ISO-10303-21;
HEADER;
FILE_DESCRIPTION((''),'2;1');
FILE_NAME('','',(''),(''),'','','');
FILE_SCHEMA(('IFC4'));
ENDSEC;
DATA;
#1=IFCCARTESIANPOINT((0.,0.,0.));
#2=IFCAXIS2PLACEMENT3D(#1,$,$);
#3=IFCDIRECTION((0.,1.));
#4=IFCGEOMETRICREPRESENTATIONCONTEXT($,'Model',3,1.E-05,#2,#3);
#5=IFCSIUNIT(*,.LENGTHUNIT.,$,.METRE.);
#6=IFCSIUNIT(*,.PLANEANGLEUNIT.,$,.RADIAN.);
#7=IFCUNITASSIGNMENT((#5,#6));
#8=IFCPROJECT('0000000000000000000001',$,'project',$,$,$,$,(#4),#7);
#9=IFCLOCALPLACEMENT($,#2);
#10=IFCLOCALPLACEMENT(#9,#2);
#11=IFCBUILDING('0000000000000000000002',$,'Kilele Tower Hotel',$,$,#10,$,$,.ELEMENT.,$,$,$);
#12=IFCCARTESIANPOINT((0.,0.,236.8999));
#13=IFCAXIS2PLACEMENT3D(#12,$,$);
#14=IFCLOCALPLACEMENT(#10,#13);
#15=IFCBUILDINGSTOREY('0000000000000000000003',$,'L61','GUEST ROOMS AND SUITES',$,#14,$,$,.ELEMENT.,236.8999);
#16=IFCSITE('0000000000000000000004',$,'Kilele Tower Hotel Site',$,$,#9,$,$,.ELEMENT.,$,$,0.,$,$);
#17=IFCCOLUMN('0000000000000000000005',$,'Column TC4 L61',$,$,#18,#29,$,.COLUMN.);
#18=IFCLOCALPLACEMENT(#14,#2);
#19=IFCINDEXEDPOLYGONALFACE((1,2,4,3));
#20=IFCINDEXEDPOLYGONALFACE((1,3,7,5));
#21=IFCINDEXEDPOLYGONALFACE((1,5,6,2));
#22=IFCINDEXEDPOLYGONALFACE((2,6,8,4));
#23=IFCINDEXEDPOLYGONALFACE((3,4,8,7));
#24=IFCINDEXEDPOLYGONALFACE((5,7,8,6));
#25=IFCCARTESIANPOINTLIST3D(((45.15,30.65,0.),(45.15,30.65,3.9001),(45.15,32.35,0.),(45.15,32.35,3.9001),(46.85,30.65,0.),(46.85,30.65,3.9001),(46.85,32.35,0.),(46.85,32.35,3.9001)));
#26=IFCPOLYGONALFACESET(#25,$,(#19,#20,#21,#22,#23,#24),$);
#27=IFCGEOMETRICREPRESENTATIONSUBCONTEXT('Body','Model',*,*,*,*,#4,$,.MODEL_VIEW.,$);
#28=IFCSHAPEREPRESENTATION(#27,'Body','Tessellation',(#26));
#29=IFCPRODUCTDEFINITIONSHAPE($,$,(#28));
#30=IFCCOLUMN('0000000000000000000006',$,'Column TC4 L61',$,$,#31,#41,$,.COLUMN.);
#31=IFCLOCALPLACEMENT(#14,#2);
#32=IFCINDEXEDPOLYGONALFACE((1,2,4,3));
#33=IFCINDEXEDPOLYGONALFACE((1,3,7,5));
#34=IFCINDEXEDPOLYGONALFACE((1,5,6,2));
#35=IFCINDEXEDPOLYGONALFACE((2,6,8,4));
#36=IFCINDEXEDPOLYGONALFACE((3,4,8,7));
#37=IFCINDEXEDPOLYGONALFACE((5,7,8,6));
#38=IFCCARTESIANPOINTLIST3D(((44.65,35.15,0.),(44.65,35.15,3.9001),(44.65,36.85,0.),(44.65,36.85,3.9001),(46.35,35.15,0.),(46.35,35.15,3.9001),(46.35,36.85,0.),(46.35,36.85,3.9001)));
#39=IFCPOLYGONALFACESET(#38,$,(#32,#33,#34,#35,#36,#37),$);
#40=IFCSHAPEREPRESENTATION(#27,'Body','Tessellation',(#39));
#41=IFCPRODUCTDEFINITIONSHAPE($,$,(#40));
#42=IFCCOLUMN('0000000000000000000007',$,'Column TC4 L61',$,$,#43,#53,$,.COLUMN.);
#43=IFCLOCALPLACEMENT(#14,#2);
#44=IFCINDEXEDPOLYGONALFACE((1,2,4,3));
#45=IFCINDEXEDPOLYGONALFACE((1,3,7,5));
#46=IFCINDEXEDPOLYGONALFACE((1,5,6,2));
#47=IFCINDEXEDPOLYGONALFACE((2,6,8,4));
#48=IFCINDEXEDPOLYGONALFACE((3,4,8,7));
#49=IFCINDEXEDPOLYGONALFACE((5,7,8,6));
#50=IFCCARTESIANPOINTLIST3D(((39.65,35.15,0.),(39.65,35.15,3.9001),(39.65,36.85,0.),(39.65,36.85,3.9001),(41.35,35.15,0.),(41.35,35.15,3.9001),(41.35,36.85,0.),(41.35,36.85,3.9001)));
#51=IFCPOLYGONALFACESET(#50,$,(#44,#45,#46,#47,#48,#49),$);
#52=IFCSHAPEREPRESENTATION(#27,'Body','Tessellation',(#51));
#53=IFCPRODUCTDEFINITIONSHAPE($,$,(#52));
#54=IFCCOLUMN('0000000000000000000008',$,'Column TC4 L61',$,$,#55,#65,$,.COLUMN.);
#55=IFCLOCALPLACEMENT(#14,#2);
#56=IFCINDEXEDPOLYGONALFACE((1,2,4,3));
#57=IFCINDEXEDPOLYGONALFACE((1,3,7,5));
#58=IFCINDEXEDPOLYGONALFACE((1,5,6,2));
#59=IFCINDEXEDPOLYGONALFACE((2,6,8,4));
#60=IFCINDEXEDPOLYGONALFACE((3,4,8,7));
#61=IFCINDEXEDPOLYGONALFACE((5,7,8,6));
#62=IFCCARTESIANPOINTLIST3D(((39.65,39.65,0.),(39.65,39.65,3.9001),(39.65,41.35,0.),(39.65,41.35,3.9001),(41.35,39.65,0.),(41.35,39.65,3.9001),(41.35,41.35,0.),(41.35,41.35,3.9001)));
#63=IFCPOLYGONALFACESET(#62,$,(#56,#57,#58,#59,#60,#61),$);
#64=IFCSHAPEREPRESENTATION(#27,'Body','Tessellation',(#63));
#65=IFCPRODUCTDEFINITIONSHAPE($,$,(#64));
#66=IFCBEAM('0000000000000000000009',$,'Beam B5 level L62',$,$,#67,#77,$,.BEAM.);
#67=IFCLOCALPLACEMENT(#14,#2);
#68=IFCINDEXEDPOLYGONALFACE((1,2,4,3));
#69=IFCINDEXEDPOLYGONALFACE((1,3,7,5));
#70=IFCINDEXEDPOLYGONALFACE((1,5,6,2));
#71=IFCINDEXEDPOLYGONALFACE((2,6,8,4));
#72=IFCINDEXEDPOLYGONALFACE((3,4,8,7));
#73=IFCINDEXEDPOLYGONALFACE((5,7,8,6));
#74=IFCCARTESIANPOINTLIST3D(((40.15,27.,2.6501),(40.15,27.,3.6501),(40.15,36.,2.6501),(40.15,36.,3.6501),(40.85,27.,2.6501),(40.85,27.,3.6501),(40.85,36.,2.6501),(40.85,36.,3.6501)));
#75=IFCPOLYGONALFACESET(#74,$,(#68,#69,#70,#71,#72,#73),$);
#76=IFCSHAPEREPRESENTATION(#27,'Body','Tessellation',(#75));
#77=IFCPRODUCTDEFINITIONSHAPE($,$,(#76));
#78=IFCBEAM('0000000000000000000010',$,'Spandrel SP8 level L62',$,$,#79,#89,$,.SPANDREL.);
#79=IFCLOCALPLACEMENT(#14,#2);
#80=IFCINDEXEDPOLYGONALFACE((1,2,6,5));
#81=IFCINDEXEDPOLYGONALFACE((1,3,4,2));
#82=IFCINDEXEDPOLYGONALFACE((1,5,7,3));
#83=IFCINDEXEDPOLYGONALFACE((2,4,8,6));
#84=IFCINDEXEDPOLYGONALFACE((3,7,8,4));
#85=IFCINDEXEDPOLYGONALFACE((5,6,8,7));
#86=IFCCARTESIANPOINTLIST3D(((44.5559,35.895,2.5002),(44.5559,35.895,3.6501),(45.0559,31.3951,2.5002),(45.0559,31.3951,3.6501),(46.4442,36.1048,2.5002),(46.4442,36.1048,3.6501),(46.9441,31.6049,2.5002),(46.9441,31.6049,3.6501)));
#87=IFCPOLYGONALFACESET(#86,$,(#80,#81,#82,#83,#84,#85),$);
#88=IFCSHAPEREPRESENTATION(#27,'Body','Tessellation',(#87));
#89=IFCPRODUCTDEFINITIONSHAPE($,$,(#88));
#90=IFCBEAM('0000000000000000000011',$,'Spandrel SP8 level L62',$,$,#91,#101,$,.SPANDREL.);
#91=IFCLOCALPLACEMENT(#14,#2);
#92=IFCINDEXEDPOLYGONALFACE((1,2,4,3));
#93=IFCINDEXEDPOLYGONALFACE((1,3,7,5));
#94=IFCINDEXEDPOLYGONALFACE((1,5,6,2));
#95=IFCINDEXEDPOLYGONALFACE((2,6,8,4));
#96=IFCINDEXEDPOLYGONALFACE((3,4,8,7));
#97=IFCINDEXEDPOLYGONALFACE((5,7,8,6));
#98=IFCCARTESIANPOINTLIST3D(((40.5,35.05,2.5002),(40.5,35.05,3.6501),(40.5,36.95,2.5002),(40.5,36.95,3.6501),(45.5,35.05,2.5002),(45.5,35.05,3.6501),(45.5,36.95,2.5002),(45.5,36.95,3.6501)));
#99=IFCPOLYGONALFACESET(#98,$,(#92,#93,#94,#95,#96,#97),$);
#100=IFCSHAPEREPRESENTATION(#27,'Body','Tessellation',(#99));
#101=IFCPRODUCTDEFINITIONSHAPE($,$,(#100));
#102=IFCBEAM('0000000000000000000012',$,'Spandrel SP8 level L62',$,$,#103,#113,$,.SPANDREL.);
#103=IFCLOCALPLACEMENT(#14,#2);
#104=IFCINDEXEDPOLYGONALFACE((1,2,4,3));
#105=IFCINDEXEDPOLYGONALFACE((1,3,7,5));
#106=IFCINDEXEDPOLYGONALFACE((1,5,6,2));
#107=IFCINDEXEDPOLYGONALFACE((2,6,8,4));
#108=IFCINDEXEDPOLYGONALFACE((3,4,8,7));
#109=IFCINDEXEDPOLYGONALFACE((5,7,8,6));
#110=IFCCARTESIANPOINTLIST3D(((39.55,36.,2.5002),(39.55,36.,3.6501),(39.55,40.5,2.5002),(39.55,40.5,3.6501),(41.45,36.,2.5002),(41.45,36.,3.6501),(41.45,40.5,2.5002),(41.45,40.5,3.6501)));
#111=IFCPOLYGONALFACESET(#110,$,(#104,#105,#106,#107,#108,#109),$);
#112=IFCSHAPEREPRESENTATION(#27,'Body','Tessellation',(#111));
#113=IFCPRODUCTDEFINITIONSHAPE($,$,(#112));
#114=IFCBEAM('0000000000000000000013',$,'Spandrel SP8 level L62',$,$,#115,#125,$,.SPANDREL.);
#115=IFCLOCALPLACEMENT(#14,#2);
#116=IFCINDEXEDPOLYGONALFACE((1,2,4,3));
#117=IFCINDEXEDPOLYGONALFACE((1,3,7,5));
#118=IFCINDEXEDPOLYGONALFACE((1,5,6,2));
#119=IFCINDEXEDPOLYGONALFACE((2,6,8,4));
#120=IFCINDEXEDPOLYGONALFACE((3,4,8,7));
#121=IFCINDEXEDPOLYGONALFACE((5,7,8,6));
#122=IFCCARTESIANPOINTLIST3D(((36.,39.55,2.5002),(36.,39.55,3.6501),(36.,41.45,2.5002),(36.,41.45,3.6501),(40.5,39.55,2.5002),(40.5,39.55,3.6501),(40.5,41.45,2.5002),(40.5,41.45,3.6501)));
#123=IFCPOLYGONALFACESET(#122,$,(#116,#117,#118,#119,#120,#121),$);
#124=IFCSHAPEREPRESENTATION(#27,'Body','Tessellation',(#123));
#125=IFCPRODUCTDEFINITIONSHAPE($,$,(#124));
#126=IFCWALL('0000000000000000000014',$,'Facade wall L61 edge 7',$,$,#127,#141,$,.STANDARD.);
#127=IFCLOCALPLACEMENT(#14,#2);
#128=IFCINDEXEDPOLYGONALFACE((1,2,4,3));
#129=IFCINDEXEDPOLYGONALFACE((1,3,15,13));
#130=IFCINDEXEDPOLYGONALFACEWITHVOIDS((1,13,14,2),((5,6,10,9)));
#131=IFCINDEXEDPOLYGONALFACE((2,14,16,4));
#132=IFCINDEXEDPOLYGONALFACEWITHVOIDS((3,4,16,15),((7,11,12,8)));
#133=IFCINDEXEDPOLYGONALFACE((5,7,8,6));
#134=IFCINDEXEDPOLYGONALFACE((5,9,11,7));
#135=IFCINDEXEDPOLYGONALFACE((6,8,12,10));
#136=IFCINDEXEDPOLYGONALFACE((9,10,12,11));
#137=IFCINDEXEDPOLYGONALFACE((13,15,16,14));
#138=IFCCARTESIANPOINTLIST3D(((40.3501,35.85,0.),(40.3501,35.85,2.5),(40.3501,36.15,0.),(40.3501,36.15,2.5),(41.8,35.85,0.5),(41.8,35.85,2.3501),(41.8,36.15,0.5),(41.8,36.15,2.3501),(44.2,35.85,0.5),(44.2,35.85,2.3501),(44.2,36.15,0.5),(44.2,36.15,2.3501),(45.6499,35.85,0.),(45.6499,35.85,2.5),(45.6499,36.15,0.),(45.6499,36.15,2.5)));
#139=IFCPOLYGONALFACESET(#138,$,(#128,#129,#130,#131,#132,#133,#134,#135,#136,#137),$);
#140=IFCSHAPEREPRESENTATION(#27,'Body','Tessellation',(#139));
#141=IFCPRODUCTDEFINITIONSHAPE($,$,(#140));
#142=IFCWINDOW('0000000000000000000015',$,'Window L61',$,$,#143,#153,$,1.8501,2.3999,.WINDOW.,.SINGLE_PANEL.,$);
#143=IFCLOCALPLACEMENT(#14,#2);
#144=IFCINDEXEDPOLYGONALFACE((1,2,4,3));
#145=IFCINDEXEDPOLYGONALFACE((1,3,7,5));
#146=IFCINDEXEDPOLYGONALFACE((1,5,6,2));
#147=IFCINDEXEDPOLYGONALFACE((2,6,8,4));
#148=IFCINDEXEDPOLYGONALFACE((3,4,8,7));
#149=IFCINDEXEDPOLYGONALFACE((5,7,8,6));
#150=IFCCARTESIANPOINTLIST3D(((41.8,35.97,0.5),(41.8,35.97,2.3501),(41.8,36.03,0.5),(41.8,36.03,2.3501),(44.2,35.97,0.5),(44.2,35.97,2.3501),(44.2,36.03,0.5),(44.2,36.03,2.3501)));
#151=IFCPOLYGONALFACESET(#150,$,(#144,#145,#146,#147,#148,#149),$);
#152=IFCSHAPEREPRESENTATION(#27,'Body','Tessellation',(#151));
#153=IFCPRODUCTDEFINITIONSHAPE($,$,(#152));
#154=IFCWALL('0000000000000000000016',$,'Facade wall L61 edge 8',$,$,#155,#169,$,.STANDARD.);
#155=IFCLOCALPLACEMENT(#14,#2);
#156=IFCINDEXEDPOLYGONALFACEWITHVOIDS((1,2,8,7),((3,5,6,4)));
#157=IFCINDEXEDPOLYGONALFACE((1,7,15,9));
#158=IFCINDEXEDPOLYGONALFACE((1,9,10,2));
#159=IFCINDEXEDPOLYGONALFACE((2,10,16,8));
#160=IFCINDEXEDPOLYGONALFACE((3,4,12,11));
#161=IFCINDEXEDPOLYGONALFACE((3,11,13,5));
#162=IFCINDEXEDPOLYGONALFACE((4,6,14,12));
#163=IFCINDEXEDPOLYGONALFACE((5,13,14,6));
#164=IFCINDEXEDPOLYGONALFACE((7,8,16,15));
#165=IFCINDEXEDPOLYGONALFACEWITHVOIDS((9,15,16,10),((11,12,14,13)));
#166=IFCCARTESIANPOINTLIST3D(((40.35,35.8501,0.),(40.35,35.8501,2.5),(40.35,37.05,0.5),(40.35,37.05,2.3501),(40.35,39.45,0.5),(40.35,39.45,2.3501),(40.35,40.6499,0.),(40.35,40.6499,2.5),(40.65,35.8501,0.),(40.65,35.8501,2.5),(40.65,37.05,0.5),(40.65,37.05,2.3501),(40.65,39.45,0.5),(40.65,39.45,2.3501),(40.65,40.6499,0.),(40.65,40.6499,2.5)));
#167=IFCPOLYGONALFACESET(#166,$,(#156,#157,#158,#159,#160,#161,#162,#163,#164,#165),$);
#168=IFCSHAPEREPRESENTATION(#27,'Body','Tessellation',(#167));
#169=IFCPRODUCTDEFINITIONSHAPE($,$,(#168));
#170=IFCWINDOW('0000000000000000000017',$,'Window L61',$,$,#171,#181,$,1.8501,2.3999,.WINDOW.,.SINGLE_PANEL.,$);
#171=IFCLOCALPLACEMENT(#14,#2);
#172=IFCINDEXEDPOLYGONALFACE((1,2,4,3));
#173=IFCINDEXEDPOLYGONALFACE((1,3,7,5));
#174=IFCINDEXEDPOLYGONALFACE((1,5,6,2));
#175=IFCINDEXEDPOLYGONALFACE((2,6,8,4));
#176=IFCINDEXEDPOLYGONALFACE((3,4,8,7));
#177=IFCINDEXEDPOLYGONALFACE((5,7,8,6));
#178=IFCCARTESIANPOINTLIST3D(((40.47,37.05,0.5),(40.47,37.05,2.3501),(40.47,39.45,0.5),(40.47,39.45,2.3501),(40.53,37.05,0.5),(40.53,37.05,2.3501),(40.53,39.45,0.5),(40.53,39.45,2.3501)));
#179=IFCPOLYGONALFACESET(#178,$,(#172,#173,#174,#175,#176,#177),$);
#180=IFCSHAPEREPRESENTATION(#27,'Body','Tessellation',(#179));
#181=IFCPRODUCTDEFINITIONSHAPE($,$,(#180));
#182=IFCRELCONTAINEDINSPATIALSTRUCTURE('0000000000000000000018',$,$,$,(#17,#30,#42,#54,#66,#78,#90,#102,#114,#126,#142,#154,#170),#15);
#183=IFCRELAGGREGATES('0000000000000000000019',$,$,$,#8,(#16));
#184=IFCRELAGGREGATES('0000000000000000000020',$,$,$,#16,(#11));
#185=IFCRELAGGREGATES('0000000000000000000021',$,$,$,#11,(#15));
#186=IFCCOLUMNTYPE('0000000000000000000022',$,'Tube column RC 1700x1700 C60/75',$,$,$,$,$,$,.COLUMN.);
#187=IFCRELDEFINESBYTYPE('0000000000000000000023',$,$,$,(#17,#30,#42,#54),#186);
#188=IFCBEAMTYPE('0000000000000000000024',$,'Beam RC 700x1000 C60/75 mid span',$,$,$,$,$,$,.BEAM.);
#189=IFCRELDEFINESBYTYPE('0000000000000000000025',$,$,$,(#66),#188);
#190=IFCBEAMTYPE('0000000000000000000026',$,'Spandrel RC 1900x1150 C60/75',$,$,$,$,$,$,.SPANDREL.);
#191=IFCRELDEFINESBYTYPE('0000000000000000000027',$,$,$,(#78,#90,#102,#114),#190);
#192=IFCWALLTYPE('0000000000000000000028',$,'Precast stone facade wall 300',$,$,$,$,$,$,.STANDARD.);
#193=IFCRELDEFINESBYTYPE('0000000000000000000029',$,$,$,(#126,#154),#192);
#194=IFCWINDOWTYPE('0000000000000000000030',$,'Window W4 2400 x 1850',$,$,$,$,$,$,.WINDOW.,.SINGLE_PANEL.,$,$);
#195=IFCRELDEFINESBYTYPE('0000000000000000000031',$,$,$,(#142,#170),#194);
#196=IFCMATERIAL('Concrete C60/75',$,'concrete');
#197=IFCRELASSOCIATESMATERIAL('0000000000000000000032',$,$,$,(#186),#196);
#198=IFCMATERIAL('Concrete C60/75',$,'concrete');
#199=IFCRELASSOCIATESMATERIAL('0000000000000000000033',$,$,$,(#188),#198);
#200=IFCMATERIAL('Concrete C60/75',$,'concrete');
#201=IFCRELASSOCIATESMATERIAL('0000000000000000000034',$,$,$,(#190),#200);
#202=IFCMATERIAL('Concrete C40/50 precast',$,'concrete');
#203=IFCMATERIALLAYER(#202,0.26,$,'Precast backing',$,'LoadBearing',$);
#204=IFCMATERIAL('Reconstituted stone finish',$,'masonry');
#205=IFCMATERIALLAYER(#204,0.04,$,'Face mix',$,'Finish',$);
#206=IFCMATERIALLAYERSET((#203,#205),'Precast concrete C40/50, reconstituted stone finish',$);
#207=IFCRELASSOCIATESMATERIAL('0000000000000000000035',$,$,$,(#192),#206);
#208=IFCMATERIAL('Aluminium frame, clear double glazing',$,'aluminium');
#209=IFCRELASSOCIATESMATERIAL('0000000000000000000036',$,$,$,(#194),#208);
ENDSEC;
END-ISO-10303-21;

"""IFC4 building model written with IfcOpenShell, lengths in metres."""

from ifc_helpers import new_model, si_unit, direction, frame, frame_2d, origin, origin_2d, place, context, subcontext, project, spatial, rectangle, extrude, material, layer, layer_set, material_profile, profile_set, type_object, element, fill, save


model = new_model("IFC4")

# Units and contexts
model_context = context("Model", 3, precision=1e-05, world=origin(), true_north=direction((0.0, 1.0)))
body_context = subcontext(model_context, "Body", "Model", "MODEL_VIEW")
ifc_project = project(units=[si_unit("LENGTHUNIT", "METRE"), si_unit("PLANEANGLEUNIT", "RADIAN")], contexts=[model_context])

# Site, building, storey
site_placement = place(None, origin())
site = spatial("IfcSite", under=ifc_project, at=site_placement, Name="Kilele Tower Hotel Site", CompositionType="ELEMENT", RefElevation=0.0)
building_placement = place(site_placement, origin())
building = spatial("IfcBuilding", under=site, at=building_placement, Name="Kilele Tower Hotel", CompositionType="ELEMENT")
storey_placement = place(building_placement, frame((0.0, 0.0, 236.8999)))
storey = spatial("IfcBuildingStorey", under=building, at=storey_placement, Name="L61", Description="GUEST ROOMS AND SUITES", CompositionType="ELEMENT", Elevation=236.8999)

# Columns
ifc_material_1 = material(Name="Concrete C60/75", Category="concrete")
ifc_material_profile_1 = material_profile(ifc_material_1, rectangle(XDim=1.7, YDim=1.7, at=origin_2d()))
ifc_profile_set_1 = profile_set([ifc_material_profile_1], Name="Concrete C60/75")
column_type = type_object("IfcColumnType", Name="Tube column RC 1700x1700 C60/75", PredefinedType="COLUMN", material=ifc_profile_set_1)
for number, where, z_axis, x_axis, name in (
    (1, (46.0, 31.5, 0.0), (0.0, 0.0, 1.0), (1.0, 0.0, 0.0), "Column TC4 L61"),
    (2, (45.5, 36.0, 0.0), (0.0, 0.0, 1.0), (1.0, 0.0, 0.0), "Column TC4 L61"),
    (3, (40.5, 36.0, 0.0), (0.0, 0.0, 1.0), (1.0, 0.0, 0.0), "Column TC4 L61"),
    (4, (40.5, 40.5, 0.0), (0.0, 0.0, 1.0), (1.0, 0.0, 0.0), "Column TC4 L61"),
):
    element("IfcColumn", number, at=place(storey_placement, frame(where, z_axis=z_axis, x_axis=x_axis)), inside=storey, type_object=column_type, Name=name, PredefinedType="COLUMN", context=body_context, shape_type="SweptSolid", body=[
        extrude(rectangle(XDim=1.7, YDim=1.7, at=origin_2d()), origin(), (0.0, 0.0, 1.0), 3.9001),
    ])

# Beams
ifc_material_2 = material(Name="Concrete C60/75", Category="concrete")
ifc_material_profile_2 = material_profile(ifc_material_2, rectangle(XDim=0.7, YDim=1.0, at=origin_2d()))
ifc_profile_set_2 = profile_set([ifc_material_profile_2], Name="Concrete C60/75")
beam_type_1 = type_object("IfcBeamType", Name="Beam RC 700x1000 C60/75 mid span", PredefinedType="BEAM", material=ifc_profile_set_2)
beam_1_placement = place(storey_placement, frame((40.5, 36.0, 3.1501), z_axis=(0.0, -1.0, 0.0), x_axis=(1.0, 0.0, 0.0)))
element("IfcBeam", 5, at=beam_1_placement, inside=storey, type_object=beam_type_1, Name="Beam B5 level L62", PredefinedType="BEAM", context=body_context, shape_type="SweptSolid", body=[
    extrude(rectangle(XDim=0.7, YDim=1.0, at=origin_2d()), origin(), (0.0, 0.0, 1.0), 9.0),
])
ifc_material_3 = material(Name="Concrete C60/75", Category="concrete")
ifc_material_profile_3 = material_profile(ifc_material_3, rectangle(XDim=1.8999, YDim=1.1499, at=origin_2d()))
ifc_profile_set_3 = profile_set([ifc_material_profile_3], Name="Concrete C60/75")
beam_type_2 = type_object("IfcBeamType", Name="Spandrel RC 1900x1150 C60/75", PredefinedType="SPANDREL", material=ifc_profile_set_3)
beam_2_placement = place(storey_placement, frame((46.0, 31.5, 3.0752), z_axis=(-0.110432, 0.993884, 0.0), x_axis=(-0.993884, -0.110432, 0.0)))
element("IfcBeam", 6, at=beam_2_placement, inside=storey, type_object=beam_type_2, Name="Spandrel SP8 level L62", PredefinedType="SPANDREL", context=body_context, shape_type="SweptSolid", body=[
    extrude(rectangle(XDim=1.8999, YDim=1.1499, at=origin_2d()), origin(), (0.0, 0.0, 1.0), 4.5276),
])
beam_3_placement = place(storey_placement, frame((45.5, 36.0, 3.0752), z_axis=(-1.0, 0.0, 0.0), x_axis=(0.0, -1.0, 0.0)))
element("IfcBeam", 7, at=beam_3_placement, inside=storey, type_object=beam_type_2, Name="Spandrel SP8 level L62", PredefinedType="SPANDREL", context=body_context, shape_type="SweptSolid", body=[
    extrude(rectangle(XDim=1.8999, YDim=1.1499, at=origin_2d()), origin(), (0.0, 0.0, 1.0), 5.0),
])
for number, where, z_axis, x_axis, name in (
    (8, (40.5, 36.0, 3.0752), (0.0, 1.0, 0.0), (-1.0, 0.0, 0.0), "Spandrel SP8 level L62"),
    (9, (40.5, 40.5, 3.0752), (-1.0, 0.0, 0.0), (0.0, -1.0, 0.0), "Spandrel SP8 level L62"),
):
    element("IfcBeam", number, at=place(storey_placement, frame(where, z_axis=z_axis, x_axis=x_axis)), inside=storey, type_object=beam_type_2, Name=name, PredefinedType="SPANDREL", context=body_context, shape_type="SweptSolid", body=[
        extrude(rectangle(XDim=1.8999, YDim=1.1499, at=origin_2d()), origin(), (0.0, 0.0, 1.0), 4.5),
    ])

# Walls, openings, windows
ifc_material_4 = material(Name="Concrete C40/50 precast", Category="concrete")
ifc_layer_1 = layer(ifc_material_4, 0.26, Name="Precast backing", Category="LoadBearing")
ifc_material_5 = material(Name="Reconstituted stone finish", Category="masonry")
ifc_layer_2 = layer(ifc_material_5, 0.04, Name="Face mix", Category="Finish")
ifc_layer_set = layer_set([ifc_layer_1, ifc_layer_2], Name="Precast concrete C40/50, reconstituted stone finish")
wall_type = type_object("IfcWallType", Name="Precast stone facade wall 300", PredefinedType="STANDARD", material=ifc_layer_set)
wall_1_placement = place(storey_placement, frame((45.6499, 36.0, 0.0), z_axis=(0.0, 0.0, 1.0), x_axis=(-1.0, 0.0, 0.0)))
wall_1 = element("IfcWall", 10, at=wall_1_placement, inside=storey, type_object=wall_type, Name="Facade wall L61 edge 7", PredefinedType="STANDARD", context=body_context, shape_type="SweptSolid", body=[
    extrude(rectangle(XDim=5.2998, YDim=0.3, at=frame_2d((2.6499, 0.0))), origin(), (0.0, 0.0, 1.0), 2.5),
])
opening_1_placement = place(wall_1_placement, frame((1.45, 0.0, 0.5)))
opening_1 = element("IfcOpeningElement", 11, at=opening_1_placement, cuts=wall_1, PredefinedType="OPENING", context=body_context, shape_type="SweptSolid", body=[
    extrude(rectangle(XDim=2.3999, YDim=1.8501, at=frame_2d((1.2, 0.925))), frame((0.0, 0.1599, 0.0), z_axis=(0.0, -1.0, 0.0), x_axis=(1.0, 0.0, 0.0)), (0.0, 0.0, 1.0), 0.3201),
])
ifc_material_6 = material(Name="Aluminium frame, clear double glazing", Category="aluminium")
window_type = type_object("IfcWindowType", Name="Window W4 2400 x 1850", PartitioningType="SINGLE_PANEL", PredefinedType="WINDOW", material=ifc_material_6)
window_1_placement = place(opening_1_placement, origin())
window_1 = element("IfcWindow", 12, at=window_1_placement, inside=storey, type_object=window_type, Name="Window L61", OverallHeight=1.8501, OverallWidth=2.3999, PartitioningType="SINGLE_PANEL", PredefinedType="WINDOW", context=body_context, shape_type="SweptSolid", body=[
    extrude(rectangle(XDim=2.3999, YDim=1.8501, at=frame_2d((1.2, 0.925))), frame((0.0, 0.03, 0.0), z_axis=(0.0, -1.0, 0.0), x_axis=(1.0, 0.0, 0.0)), (0.0, 0.0, 1.0), 0.0601),
])
fill(opening_1, window_1)
wall_2_placement = place(storey_placement, frame((40.5, 35.8501, 0.0), z_axis=(0.0, 0.0, 1.0), x_axis=(0.0, 1.0, 0.0)))
wall_2 = element("IfcWall", 13, at=wall_2_placement, inside=storey, type_object=wall_type, Name="Facade wall L61 edge 8", PredefinedType="STANDARD", context=body_context, shape_type="SweptSolid", body=[
    extrude(rectangle(XDim=4.7998, YDim=0.3, at=frame_2d((2.3999, 0.0))), origin(), (0.0, 0.0, 1.0), 2.5),
])
opening_2_placement = place(wall_2_placement, frame((1.2, 0.0, 0.5)))
opening_2 = element("IfcOpeningElement", 14, at=opening_2_placement, cuts=wall_2, PredefinedType="OPENING", context=body_context, shape_type="SweptSolid", body=[
    extrude(rectangle(XDim=2.3999, YDim=1.8501, at=frame_2d((1.2, 0.925))), frame((0.0, 0.1599, 0.0), z_axis=(0.0, -1.0, 0.0), x_axis=(1.0, 0.0, 0.0)), (0.0, 0.0, 1.0), 0.3201),
])
window_2_placement = place(opening_2_placement, origin())
window_2 = element("IfcWindow", 15, at=window_2_placement, inside=storey, type_object=window_type, Name="Window L61", OverallHeight=1.8501, OverallWidth=2.3999, PartitioningType="SINGLE_PANEL", PredefinedType="WINDOW", context=body_context, shape_type="SweptSolid", body=[
    extrude(rectangle(XDim=2.3999, YDim=1.8501, at=frame_2d((1.2, 0.925))), frame((0.0, 0.03, 0.0), z_axis=(0.0, -1.0, 0.0), x_axis=(1.0, 0.0, 0.0)), (0.0, 0.0, 1.0), 0.0601),
])
fill(opening_2, window_2)

save(model, "model.ifc")
